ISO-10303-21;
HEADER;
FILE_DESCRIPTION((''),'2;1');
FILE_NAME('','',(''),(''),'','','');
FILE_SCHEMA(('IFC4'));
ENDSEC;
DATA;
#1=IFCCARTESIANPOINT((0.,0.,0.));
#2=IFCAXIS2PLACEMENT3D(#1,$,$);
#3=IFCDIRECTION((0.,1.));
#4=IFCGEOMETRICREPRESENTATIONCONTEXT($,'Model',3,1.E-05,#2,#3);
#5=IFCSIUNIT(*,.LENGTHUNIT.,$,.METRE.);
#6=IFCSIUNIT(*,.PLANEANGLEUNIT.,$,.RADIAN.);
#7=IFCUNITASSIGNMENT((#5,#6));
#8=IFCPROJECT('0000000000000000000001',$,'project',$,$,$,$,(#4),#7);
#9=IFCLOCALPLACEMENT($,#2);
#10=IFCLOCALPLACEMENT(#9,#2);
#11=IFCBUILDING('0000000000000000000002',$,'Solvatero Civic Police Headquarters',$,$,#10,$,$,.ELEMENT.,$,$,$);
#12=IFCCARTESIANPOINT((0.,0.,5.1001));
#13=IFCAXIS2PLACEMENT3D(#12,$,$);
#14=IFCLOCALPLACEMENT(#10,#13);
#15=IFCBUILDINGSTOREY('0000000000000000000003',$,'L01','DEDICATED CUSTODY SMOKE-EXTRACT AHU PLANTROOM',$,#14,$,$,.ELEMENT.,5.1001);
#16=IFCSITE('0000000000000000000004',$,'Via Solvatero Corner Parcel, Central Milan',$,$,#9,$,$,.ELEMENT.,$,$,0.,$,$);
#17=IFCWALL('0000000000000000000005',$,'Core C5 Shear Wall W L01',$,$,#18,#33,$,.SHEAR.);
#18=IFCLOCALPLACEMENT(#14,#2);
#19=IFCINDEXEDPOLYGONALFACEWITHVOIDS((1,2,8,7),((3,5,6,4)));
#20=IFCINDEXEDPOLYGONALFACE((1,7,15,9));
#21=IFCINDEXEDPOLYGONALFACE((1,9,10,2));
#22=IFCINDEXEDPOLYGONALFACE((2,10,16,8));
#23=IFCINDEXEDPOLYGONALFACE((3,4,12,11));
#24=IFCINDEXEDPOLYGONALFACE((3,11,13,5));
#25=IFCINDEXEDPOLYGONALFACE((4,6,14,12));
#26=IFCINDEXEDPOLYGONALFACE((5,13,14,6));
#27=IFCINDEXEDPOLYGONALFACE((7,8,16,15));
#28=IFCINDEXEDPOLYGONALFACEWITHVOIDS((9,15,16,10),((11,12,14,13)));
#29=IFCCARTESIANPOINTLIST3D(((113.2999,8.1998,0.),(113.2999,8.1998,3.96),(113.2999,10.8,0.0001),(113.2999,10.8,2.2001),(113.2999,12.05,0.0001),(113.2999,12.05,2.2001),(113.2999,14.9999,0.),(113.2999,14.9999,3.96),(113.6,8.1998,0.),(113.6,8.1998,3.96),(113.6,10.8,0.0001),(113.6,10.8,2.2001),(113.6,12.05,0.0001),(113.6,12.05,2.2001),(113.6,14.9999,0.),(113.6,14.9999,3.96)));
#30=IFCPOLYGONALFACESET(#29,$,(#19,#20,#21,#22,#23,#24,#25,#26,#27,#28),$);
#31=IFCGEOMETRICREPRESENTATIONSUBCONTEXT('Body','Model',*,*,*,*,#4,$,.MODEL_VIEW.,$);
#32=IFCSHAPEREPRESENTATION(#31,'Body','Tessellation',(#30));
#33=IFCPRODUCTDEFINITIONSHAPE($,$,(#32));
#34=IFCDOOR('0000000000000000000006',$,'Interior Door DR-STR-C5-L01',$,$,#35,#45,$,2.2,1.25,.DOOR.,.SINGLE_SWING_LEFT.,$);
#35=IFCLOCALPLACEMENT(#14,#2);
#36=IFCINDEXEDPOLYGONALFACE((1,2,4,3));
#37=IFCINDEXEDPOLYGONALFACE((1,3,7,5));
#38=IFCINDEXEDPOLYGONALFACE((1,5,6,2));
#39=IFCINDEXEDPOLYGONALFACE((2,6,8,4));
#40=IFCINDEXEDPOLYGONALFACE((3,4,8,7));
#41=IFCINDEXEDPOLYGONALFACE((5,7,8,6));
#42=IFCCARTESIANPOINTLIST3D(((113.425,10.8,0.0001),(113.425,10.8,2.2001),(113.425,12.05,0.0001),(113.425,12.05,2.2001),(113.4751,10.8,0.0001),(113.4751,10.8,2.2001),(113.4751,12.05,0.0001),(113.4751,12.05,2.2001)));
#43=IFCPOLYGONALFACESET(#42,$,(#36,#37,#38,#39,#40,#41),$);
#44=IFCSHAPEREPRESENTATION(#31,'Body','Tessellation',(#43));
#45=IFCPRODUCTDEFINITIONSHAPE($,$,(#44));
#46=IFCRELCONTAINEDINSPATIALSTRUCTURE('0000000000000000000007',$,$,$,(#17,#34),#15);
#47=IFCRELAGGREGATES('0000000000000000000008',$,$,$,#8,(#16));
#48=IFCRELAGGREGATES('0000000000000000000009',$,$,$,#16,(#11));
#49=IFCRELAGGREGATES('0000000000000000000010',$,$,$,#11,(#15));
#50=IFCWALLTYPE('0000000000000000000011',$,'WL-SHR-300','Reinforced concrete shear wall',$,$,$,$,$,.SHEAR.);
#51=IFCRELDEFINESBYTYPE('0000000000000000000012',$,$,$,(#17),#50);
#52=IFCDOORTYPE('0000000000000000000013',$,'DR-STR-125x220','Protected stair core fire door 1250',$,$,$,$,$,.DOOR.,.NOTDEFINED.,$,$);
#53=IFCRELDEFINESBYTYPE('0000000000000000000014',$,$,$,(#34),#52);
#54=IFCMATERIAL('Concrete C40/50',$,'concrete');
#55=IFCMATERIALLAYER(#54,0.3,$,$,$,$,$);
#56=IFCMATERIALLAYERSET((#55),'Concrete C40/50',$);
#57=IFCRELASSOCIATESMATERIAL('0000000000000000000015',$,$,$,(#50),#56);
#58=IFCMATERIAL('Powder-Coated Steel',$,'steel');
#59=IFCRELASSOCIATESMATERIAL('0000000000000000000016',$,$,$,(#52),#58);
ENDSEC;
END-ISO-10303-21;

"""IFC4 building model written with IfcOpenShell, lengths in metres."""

from ifc_helpers import new_model, si_unit, direction, frame, frame_2d, origin, place, context, subcontext, project, spatial, rectangle, extrude, material, layer, layer_set, type_object, element, fill, save


model = new_model("IFC4")

# Units and contexts
model_context = context("Model", 3, precision=1e-05, world=origin(), true_north=direction((0.0, 1.0)))
body_context = subcontext(model_context, "Body", "Model", "MODEL_VIEW")
ifc_project = project(units=[si_unit("LENGTHUNIT", "METRE"), si_unit("PLANEANGLEUNIT", "RADIAN")], contexts=[model_context])

# Site, building, storey
site_placement = place(None, origin())
site = spatial("IfcSite", under=ifc_project, at=site_placement, Name="Via Solvatero Corner Parcel, Central Milan", CompositionType="ELEMENT", RefElevation=0.0)
building_placement = place(site_placement, origin())
building = spatial("IfcBuilding", under=site, at=building_placement, Name="Solvatero Civic Police Headquarters", CompositionType="ELEMENT")
storey_placement = place(building_placement, frame((0.0, 0.0, 5.1001)))
storey = spatial("IfcBuildingStorey", under=building, at=storey_placement, Name="L01", Description="DEDICATED CUSTODY SMOKE-EXTRACT AHU PLANTROOM", CompositionType="ELEMENT", Elevation=5.1001)

# Shared definitions
ifc_material_1 = material(Name="Concrete C40/50", Category="concrete")
ifc_layer_1 = layer(ifc_material_1, 0.3)
ifc_layer_set_1 = layer_set([ifc_layer_1], Name="Concrete C40/50")
wall_type_1 = type_object("IfcWallType", Name="WL-SHR-300", Description="Reinforced concrete shear wall", PredefinedType="SHEAR", material=ifc_layer_set_1)

# Wall, opening, door
wall_1_placement = place(storey_placement, frame((113.45, 8.2, 0.0), z_axis=(0.0, 0.0, 1.0), x_axis=(0.0, 1.0, 0.0)))
wall_1 = element("IfcWall", 1, at=wall_1_placement, inside=storey, type_object=wall_type_1, Name="Core C5 Shear Wall W L01", PredefinedType="SHEAR", context=body_context, shape_type="SweptSolid", body=[
    extrude(rectangle(XDim=6.8, YDim=0.3, at=frame_2d((3.3999, 0.0))), origin(), (0.0, 0.0, 1.0), 3.96),
])
opening_1_placement = place(wall_1_placement, frame((2.6001, 0.0, 0.0)))
opening_1 = element("IfcOpeningElement", 2, at=opening_1_placement, cuts=wall_1, PredefinedType="OPENING", context=body_context, shape_type="SweptSolid", body=[
    extrude(rectangle(XDim=1.25, YDim=2.2, at=frame_2d((0.625, 1.1001))), frame((0.0, 0.1599, 0.0), z_axis=(0.0, -1.0, 0.0), x_axis=(1.0, 0.0, 0.0)), (0.0, 0.0, 1.0), 0.3201),
])
ifc_material_2 = material(Name="Powder-Coated Steel", Category="steel")
door_type_1 = type_object("IfcDoorType", Name="DR-STR-125x220", Description="Protected stair core fire door 1250", OperationType="NOTDEFINED", PredefinedType="DOOR", material=ifc_material_2)
door_1_placement = place(opening_1_placement, origin())
door_1 = element("IfcDoor", 3, at=door_1_placement, inside=storey, type_object=door_type_1, Name="Interior Door DR-STR-C5-L01", OperationType="SINGLE_SWING_LEFT", OverallHeight=2.2, OverallWidth=1.25, PredefinedType="DOOR", context=body_context, shape_type="SweptSolid", body=[
    extrude(rectangle(XDim=1.25, YDim=2.2, at=frame_2d((0.625, 1.1001))), frame((0.0, 0.0249, 0.0), z_axis=(0.0, -1.0, 0.0), x_axis=(1.0, 0.0, 0.0)), (0.0, 0.0, 1.0), 0.05),
])
fill(opening_1, door_1)

save(model, "model.ifc")
